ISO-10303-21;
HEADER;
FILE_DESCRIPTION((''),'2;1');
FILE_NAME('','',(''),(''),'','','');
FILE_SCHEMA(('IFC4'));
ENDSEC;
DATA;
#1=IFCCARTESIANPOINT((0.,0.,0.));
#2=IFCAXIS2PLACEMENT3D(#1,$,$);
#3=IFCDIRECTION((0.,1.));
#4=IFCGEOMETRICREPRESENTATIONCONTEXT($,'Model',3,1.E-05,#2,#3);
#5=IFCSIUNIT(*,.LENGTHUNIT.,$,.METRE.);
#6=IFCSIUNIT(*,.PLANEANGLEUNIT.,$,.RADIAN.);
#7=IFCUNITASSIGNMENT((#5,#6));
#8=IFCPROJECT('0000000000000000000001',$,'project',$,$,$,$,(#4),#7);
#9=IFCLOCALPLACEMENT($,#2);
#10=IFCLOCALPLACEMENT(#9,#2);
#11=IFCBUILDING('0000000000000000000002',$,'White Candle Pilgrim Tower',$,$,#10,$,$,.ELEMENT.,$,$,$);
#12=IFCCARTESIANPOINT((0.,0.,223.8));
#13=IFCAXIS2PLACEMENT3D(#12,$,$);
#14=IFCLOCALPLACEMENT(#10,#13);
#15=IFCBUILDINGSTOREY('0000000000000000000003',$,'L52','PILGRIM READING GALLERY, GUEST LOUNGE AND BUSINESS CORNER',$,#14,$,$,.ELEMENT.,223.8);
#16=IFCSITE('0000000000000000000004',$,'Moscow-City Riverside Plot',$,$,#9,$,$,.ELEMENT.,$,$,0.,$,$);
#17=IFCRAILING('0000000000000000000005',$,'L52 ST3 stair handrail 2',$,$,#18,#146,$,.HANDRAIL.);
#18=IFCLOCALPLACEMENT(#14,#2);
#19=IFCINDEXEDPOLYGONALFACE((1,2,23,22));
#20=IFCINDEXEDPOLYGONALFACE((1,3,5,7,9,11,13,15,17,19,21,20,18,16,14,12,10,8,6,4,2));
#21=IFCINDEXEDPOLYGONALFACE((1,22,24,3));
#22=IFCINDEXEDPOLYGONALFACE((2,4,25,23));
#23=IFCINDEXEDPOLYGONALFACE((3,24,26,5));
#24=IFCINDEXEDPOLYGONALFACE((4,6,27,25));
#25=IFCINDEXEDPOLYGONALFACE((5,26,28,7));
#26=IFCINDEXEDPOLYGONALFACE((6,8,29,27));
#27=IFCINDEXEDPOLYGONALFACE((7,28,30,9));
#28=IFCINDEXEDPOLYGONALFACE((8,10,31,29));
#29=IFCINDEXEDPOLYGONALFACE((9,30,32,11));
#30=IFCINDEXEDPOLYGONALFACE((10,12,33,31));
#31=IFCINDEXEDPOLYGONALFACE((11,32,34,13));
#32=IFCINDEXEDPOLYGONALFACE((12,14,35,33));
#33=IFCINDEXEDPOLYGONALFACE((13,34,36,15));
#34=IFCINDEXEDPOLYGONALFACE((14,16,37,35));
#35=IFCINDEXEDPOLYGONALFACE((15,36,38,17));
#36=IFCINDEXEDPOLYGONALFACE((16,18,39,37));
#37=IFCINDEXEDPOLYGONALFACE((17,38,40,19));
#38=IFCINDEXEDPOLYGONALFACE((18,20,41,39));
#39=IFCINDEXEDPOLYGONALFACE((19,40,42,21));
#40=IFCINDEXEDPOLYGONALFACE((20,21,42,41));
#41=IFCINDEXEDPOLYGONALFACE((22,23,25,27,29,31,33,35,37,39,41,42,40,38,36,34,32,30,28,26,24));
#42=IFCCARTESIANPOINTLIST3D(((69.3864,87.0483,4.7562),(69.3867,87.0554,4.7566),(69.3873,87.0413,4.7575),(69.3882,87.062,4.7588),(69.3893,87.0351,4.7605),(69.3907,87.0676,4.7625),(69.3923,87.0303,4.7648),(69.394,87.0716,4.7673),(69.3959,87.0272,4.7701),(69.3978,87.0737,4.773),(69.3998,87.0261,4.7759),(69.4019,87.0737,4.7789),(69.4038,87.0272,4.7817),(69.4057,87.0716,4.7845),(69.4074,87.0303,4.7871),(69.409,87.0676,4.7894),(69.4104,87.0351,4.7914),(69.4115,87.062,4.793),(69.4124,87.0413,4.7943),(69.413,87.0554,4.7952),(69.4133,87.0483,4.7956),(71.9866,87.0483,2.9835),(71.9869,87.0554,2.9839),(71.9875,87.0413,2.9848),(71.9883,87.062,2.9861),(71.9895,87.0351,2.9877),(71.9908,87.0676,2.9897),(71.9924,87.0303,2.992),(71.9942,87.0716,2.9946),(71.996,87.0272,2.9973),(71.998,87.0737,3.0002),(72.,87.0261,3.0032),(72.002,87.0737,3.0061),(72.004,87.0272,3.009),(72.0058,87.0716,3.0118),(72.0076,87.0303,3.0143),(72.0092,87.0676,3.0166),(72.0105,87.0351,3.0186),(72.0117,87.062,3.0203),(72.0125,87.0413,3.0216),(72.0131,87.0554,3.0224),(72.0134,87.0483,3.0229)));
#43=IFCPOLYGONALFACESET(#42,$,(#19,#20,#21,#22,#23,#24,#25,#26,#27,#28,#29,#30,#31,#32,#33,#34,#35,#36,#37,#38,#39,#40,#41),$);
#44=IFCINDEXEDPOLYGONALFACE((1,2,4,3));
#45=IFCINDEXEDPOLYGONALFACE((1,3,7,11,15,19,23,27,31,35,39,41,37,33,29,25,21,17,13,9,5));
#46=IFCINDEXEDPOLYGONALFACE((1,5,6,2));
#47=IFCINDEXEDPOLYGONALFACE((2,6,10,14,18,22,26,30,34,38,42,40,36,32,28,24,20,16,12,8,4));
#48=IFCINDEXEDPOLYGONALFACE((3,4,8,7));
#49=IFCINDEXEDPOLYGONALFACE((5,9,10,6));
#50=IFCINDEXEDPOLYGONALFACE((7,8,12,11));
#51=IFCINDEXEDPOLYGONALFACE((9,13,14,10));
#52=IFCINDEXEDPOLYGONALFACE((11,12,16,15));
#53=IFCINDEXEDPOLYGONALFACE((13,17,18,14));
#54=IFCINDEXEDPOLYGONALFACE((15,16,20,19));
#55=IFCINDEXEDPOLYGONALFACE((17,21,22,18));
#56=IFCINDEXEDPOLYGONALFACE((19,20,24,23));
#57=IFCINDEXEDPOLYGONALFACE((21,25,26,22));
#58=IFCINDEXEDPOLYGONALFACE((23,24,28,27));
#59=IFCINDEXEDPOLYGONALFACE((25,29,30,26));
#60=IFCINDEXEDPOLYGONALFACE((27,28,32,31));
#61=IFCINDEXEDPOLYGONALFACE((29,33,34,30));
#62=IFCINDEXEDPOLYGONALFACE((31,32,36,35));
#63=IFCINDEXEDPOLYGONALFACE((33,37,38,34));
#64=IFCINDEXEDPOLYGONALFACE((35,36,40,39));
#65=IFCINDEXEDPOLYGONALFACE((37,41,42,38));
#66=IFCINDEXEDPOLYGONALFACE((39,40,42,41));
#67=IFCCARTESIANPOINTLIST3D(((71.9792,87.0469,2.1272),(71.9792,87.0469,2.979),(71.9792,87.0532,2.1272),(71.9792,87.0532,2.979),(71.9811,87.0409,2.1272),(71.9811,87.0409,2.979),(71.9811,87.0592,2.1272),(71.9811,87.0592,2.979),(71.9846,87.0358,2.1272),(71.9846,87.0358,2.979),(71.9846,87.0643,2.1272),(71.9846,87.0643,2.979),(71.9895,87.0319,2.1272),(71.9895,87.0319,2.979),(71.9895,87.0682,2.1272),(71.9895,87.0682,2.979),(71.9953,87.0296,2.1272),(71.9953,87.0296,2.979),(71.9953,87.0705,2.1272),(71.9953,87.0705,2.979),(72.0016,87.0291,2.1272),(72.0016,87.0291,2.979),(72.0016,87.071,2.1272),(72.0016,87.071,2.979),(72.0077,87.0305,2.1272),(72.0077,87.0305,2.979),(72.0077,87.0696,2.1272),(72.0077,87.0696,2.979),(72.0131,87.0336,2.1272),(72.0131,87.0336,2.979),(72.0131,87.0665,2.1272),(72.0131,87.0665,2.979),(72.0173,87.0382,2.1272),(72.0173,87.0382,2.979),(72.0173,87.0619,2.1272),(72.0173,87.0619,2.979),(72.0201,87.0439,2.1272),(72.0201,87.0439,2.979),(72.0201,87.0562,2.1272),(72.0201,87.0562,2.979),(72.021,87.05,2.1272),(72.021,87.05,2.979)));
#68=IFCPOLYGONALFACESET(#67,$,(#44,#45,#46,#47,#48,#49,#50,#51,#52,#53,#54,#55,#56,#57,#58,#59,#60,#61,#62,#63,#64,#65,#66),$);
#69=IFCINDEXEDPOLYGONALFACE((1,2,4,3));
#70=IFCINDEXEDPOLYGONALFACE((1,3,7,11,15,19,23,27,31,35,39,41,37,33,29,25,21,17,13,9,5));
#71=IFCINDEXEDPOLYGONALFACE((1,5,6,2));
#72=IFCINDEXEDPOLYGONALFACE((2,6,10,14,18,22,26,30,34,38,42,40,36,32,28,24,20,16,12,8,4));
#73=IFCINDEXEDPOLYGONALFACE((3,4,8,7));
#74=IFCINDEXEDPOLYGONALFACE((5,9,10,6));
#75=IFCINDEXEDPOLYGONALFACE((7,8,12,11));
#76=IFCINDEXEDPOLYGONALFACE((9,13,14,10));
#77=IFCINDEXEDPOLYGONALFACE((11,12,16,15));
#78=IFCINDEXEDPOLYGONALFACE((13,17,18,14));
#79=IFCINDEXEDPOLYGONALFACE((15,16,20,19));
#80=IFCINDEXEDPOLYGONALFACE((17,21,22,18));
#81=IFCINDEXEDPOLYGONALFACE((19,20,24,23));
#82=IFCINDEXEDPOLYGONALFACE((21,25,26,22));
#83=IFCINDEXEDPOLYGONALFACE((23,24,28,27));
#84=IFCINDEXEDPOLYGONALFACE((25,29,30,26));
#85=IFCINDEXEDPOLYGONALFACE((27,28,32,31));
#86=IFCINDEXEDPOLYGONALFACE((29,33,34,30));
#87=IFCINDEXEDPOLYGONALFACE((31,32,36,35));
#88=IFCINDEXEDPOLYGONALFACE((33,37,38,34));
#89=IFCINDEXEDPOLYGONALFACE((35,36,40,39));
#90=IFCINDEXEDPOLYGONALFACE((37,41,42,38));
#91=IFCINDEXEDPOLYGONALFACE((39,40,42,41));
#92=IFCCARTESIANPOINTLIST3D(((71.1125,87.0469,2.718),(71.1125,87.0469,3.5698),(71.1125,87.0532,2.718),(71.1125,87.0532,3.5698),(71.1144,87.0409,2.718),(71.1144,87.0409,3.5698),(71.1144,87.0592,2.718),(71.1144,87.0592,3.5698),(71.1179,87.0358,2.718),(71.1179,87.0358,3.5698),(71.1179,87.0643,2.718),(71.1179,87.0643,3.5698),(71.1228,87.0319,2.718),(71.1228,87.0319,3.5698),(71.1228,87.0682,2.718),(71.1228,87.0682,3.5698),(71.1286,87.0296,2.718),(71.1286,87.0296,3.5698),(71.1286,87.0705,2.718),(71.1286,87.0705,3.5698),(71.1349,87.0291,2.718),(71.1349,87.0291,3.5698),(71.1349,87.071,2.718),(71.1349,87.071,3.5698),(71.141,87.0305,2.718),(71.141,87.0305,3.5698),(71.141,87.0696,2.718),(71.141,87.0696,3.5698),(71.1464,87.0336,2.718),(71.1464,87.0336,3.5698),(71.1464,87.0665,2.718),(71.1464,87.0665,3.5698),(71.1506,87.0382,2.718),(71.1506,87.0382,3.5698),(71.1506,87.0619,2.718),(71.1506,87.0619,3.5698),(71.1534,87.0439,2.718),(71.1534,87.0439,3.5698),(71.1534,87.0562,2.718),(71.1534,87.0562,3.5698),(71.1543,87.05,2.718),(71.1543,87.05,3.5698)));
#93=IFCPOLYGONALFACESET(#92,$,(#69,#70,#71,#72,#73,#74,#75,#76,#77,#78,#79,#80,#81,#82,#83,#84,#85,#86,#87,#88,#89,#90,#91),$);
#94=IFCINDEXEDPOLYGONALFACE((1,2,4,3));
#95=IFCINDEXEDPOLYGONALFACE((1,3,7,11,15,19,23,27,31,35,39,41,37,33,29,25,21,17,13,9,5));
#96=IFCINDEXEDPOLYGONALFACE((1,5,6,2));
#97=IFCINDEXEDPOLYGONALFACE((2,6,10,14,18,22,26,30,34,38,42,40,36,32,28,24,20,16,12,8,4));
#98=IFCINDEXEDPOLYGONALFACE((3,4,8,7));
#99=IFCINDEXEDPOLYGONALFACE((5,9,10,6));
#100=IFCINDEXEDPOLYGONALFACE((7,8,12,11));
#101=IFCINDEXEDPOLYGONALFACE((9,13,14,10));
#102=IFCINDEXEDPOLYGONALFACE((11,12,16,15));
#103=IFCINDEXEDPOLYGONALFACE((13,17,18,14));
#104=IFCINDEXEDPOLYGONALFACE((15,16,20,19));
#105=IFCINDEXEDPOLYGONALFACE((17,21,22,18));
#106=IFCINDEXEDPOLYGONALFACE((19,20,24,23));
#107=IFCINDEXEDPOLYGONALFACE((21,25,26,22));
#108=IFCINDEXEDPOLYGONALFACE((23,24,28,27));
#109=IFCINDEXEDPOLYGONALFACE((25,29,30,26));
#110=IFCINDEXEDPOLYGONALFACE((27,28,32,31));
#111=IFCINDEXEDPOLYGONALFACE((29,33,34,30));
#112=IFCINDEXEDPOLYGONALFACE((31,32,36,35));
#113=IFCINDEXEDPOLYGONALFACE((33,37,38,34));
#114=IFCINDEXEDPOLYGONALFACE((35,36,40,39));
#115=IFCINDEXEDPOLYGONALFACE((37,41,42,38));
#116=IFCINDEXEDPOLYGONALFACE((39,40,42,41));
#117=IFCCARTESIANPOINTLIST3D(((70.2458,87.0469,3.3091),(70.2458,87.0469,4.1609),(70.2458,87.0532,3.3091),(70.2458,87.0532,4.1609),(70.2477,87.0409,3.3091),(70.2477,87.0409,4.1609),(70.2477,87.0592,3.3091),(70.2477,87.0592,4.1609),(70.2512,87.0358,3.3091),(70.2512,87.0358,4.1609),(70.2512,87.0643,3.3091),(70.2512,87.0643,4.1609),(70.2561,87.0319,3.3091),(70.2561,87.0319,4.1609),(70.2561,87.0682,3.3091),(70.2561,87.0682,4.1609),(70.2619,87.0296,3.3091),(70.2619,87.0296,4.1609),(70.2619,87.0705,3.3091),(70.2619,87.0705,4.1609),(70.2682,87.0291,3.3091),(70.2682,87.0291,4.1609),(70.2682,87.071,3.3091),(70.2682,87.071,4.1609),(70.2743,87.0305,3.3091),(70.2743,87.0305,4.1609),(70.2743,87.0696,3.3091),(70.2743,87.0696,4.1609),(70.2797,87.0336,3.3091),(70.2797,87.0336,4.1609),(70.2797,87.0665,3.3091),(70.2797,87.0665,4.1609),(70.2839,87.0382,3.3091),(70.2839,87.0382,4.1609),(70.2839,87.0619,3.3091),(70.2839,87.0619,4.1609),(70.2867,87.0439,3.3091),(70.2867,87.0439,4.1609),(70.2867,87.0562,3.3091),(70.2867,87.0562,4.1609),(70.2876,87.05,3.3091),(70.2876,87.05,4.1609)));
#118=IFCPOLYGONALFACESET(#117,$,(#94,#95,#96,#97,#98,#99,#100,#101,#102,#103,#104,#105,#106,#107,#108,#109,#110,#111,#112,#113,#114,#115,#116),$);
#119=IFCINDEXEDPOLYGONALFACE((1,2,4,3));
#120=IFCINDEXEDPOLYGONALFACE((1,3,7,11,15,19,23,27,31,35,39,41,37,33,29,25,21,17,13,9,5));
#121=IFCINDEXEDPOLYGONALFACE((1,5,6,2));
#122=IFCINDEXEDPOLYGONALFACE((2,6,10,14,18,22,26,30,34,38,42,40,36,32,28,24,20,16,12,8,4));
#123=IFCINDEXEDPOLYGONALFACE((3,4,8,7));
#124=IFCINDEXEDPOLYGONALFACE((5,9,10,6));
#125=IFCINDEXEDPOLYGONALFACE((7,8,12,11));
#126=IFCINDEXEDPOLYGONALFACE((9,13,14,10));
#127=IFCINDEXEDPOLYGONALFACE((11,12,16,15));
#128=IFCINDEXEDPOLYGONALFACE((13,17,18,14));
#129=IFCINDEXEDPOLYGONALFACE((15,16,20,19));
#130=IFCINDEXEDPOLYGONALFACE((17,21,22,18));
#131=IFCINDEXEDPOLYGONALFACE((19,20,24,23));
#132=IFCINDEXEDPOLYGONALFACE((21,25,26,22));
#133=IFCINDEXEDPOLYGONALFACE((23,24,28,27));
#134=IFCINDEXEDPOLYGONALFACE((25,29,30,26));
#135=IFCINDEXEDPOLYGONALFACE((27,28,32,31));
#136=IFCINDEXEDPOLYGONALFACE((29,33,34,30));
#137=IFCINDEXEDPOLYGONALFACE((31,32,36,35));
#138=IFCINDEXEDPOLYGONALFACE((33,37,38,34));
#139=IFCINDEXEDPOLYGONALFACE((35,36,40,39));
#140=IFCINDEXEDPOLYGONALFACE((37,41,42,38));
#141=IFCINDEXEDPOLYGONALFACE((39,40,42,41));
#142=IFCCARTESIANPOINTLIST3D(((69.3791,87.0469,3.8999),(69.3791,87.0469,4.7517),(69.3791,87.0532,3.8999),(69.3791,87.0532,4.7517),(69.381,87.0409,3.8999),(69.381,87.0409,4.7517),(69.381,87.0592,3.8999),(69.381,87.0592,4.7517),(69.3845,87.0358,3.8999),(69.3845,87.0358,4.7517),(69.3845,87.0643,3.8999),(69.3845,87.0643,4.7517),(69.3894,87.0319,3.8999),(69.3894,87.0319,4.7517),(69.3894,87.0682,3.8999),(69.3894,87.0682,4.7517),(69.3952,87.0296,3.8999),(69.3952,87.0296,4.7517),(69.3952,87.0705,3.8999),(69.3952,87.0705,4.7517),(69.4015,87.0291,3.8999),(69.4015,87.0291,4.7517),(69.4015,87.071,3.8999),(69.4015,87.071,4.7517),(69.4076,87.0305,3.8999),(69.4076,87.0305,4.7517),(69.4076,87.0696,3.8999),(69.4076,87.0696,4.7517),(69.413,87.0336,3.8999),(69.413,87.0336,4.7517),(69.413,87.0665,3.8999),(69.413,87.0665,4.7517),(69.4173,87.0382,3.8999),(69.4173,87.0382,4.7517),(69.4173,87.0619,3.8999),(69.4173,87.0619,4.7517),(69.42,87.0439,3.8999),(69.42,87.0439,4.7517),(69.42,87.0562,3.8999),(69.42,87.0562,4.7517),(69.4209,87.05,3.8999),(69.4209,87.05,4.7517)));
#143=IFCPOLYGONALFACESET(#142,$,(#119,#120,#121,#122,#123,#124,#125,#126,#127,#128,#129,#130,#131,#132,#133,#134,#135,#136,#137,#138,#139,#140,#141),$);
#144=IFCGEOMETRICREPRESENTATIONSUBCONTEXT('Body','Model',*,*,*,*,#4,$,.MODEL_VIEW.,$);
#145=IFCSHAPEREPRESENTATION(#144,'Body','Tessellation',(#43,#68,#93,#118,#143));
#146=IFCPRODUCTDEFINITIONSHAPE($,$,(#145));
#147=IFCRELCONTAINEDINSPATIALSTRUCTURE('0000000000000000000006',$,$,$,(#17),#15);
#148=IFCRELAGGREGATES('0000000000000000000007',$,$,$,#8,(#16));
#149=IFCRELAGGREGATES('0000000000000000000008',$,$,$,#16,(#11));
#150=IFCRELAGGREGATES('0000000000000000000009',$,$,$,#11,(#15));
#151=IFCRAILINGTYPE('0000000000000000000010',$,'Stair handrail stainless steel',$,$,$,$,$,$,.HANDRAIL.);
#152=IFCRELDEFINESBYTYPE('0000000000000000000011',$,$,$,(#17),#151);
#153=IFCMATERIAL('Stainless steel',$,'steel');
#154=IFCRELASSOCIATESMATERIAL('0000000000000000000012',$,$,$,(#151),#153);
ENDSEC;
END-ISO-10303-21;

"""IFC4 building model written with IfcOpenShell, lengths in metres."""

from ifc_helpers import new_model, si_unit, direction, frame, origin, origin_2d, place, context, subcontext, project, spatial, circle, extrude, material, type_object, element, save


model = new_model("IFC4")

# Units and contexts
model_context = context("Model", 3, precision=1e-05, world=origin(), true_north=direction((0.0, 1.0)))
body_context = subcontext(model_context, "Body", "Model", "MODEL_VIEW")
ifc_project = project(units=[si_unit("LENGTHUNIT", "METRE"), si_unit("PLANEANGLEUNIT", "RADIAN")], contexts=[model_context])

# Site, building, storey
site_placement = place(None, origin())
site = spatial("IfcSite", under=ifc_project, at=site_placement, Name="Moscow-City Riverside Plot", CompositionType="ELEMENT", RefElevation=0.0)
building_placement = place(site_placement, origin())
building = spatial("IfcBuilding", under=site, at=building_placement, Name="White Candle Pilgrim Tower", CompositionType="ELEMENT")
storey_placement = place(building_placement, frame((0.0, 0.0, 223.8)))
storey = spatial("IfcBuildingStorey", under=building, at=storey_placement, Name="L52", Description="PILGRIM READING GALLERY, GUEST LOUNGE AND BUSINESS CORNER", CompositionType="ELEMENT", Elevation=223.8)

# Shared definitions
ifc_material_1 = material(Name="Stainless steel", Category="steel")

# Railing
railing_type_1 = type_object("IfcRailingType", Name="Stair handrail stainless steel", PredefinedType="HANDRAIL", material=ifc_material_1)
railing_1_placement = place(storey_placement, frame((72.0, 87.05, 2.1272)))
element("IfcRailing", 1, at=railing_1_placement, inside=storey, type_object=railing_type_1, Name="L52 ST3 stair handrail 2", PredefinedType="HANDRAIL", context=body_context, shape_type="SweptSolid", body=[
    extrude(circle(Radius=0.0239, at=origin_2d()), frame((0.0, 0.0, 0.876), z_axis=(-0.82624, 0.0, 0.563318), x_axis=(0.0, -1.0, 0.0)), (0.0, 0.0, 1.0), 3.147),
    extrude(circle(Radius=0.021, at=origin_2d()), origin(), (0.0, 0.0, 1.0), 0.8518),
    extrude(circle(Radius=0.021, at=origin_2d()), frame((-0.8667, 0.0, 0.5908)), (0.0, 0.0, 1.0), 0.8518),
    extrude(circle(Radius=0.021, at=origin_2d()), frame((-1.7334, 0.0, 1.1819)), (0.0, 0.0, 1.0), 0.8518),
    extrude(circle(Radius=0.021, at=origin_2d()), frame((-2.6001, 0.0, 1.7727)), (0.0, 0.0, 1.0), 0.8518),
])

save(model, "model.ifc")
